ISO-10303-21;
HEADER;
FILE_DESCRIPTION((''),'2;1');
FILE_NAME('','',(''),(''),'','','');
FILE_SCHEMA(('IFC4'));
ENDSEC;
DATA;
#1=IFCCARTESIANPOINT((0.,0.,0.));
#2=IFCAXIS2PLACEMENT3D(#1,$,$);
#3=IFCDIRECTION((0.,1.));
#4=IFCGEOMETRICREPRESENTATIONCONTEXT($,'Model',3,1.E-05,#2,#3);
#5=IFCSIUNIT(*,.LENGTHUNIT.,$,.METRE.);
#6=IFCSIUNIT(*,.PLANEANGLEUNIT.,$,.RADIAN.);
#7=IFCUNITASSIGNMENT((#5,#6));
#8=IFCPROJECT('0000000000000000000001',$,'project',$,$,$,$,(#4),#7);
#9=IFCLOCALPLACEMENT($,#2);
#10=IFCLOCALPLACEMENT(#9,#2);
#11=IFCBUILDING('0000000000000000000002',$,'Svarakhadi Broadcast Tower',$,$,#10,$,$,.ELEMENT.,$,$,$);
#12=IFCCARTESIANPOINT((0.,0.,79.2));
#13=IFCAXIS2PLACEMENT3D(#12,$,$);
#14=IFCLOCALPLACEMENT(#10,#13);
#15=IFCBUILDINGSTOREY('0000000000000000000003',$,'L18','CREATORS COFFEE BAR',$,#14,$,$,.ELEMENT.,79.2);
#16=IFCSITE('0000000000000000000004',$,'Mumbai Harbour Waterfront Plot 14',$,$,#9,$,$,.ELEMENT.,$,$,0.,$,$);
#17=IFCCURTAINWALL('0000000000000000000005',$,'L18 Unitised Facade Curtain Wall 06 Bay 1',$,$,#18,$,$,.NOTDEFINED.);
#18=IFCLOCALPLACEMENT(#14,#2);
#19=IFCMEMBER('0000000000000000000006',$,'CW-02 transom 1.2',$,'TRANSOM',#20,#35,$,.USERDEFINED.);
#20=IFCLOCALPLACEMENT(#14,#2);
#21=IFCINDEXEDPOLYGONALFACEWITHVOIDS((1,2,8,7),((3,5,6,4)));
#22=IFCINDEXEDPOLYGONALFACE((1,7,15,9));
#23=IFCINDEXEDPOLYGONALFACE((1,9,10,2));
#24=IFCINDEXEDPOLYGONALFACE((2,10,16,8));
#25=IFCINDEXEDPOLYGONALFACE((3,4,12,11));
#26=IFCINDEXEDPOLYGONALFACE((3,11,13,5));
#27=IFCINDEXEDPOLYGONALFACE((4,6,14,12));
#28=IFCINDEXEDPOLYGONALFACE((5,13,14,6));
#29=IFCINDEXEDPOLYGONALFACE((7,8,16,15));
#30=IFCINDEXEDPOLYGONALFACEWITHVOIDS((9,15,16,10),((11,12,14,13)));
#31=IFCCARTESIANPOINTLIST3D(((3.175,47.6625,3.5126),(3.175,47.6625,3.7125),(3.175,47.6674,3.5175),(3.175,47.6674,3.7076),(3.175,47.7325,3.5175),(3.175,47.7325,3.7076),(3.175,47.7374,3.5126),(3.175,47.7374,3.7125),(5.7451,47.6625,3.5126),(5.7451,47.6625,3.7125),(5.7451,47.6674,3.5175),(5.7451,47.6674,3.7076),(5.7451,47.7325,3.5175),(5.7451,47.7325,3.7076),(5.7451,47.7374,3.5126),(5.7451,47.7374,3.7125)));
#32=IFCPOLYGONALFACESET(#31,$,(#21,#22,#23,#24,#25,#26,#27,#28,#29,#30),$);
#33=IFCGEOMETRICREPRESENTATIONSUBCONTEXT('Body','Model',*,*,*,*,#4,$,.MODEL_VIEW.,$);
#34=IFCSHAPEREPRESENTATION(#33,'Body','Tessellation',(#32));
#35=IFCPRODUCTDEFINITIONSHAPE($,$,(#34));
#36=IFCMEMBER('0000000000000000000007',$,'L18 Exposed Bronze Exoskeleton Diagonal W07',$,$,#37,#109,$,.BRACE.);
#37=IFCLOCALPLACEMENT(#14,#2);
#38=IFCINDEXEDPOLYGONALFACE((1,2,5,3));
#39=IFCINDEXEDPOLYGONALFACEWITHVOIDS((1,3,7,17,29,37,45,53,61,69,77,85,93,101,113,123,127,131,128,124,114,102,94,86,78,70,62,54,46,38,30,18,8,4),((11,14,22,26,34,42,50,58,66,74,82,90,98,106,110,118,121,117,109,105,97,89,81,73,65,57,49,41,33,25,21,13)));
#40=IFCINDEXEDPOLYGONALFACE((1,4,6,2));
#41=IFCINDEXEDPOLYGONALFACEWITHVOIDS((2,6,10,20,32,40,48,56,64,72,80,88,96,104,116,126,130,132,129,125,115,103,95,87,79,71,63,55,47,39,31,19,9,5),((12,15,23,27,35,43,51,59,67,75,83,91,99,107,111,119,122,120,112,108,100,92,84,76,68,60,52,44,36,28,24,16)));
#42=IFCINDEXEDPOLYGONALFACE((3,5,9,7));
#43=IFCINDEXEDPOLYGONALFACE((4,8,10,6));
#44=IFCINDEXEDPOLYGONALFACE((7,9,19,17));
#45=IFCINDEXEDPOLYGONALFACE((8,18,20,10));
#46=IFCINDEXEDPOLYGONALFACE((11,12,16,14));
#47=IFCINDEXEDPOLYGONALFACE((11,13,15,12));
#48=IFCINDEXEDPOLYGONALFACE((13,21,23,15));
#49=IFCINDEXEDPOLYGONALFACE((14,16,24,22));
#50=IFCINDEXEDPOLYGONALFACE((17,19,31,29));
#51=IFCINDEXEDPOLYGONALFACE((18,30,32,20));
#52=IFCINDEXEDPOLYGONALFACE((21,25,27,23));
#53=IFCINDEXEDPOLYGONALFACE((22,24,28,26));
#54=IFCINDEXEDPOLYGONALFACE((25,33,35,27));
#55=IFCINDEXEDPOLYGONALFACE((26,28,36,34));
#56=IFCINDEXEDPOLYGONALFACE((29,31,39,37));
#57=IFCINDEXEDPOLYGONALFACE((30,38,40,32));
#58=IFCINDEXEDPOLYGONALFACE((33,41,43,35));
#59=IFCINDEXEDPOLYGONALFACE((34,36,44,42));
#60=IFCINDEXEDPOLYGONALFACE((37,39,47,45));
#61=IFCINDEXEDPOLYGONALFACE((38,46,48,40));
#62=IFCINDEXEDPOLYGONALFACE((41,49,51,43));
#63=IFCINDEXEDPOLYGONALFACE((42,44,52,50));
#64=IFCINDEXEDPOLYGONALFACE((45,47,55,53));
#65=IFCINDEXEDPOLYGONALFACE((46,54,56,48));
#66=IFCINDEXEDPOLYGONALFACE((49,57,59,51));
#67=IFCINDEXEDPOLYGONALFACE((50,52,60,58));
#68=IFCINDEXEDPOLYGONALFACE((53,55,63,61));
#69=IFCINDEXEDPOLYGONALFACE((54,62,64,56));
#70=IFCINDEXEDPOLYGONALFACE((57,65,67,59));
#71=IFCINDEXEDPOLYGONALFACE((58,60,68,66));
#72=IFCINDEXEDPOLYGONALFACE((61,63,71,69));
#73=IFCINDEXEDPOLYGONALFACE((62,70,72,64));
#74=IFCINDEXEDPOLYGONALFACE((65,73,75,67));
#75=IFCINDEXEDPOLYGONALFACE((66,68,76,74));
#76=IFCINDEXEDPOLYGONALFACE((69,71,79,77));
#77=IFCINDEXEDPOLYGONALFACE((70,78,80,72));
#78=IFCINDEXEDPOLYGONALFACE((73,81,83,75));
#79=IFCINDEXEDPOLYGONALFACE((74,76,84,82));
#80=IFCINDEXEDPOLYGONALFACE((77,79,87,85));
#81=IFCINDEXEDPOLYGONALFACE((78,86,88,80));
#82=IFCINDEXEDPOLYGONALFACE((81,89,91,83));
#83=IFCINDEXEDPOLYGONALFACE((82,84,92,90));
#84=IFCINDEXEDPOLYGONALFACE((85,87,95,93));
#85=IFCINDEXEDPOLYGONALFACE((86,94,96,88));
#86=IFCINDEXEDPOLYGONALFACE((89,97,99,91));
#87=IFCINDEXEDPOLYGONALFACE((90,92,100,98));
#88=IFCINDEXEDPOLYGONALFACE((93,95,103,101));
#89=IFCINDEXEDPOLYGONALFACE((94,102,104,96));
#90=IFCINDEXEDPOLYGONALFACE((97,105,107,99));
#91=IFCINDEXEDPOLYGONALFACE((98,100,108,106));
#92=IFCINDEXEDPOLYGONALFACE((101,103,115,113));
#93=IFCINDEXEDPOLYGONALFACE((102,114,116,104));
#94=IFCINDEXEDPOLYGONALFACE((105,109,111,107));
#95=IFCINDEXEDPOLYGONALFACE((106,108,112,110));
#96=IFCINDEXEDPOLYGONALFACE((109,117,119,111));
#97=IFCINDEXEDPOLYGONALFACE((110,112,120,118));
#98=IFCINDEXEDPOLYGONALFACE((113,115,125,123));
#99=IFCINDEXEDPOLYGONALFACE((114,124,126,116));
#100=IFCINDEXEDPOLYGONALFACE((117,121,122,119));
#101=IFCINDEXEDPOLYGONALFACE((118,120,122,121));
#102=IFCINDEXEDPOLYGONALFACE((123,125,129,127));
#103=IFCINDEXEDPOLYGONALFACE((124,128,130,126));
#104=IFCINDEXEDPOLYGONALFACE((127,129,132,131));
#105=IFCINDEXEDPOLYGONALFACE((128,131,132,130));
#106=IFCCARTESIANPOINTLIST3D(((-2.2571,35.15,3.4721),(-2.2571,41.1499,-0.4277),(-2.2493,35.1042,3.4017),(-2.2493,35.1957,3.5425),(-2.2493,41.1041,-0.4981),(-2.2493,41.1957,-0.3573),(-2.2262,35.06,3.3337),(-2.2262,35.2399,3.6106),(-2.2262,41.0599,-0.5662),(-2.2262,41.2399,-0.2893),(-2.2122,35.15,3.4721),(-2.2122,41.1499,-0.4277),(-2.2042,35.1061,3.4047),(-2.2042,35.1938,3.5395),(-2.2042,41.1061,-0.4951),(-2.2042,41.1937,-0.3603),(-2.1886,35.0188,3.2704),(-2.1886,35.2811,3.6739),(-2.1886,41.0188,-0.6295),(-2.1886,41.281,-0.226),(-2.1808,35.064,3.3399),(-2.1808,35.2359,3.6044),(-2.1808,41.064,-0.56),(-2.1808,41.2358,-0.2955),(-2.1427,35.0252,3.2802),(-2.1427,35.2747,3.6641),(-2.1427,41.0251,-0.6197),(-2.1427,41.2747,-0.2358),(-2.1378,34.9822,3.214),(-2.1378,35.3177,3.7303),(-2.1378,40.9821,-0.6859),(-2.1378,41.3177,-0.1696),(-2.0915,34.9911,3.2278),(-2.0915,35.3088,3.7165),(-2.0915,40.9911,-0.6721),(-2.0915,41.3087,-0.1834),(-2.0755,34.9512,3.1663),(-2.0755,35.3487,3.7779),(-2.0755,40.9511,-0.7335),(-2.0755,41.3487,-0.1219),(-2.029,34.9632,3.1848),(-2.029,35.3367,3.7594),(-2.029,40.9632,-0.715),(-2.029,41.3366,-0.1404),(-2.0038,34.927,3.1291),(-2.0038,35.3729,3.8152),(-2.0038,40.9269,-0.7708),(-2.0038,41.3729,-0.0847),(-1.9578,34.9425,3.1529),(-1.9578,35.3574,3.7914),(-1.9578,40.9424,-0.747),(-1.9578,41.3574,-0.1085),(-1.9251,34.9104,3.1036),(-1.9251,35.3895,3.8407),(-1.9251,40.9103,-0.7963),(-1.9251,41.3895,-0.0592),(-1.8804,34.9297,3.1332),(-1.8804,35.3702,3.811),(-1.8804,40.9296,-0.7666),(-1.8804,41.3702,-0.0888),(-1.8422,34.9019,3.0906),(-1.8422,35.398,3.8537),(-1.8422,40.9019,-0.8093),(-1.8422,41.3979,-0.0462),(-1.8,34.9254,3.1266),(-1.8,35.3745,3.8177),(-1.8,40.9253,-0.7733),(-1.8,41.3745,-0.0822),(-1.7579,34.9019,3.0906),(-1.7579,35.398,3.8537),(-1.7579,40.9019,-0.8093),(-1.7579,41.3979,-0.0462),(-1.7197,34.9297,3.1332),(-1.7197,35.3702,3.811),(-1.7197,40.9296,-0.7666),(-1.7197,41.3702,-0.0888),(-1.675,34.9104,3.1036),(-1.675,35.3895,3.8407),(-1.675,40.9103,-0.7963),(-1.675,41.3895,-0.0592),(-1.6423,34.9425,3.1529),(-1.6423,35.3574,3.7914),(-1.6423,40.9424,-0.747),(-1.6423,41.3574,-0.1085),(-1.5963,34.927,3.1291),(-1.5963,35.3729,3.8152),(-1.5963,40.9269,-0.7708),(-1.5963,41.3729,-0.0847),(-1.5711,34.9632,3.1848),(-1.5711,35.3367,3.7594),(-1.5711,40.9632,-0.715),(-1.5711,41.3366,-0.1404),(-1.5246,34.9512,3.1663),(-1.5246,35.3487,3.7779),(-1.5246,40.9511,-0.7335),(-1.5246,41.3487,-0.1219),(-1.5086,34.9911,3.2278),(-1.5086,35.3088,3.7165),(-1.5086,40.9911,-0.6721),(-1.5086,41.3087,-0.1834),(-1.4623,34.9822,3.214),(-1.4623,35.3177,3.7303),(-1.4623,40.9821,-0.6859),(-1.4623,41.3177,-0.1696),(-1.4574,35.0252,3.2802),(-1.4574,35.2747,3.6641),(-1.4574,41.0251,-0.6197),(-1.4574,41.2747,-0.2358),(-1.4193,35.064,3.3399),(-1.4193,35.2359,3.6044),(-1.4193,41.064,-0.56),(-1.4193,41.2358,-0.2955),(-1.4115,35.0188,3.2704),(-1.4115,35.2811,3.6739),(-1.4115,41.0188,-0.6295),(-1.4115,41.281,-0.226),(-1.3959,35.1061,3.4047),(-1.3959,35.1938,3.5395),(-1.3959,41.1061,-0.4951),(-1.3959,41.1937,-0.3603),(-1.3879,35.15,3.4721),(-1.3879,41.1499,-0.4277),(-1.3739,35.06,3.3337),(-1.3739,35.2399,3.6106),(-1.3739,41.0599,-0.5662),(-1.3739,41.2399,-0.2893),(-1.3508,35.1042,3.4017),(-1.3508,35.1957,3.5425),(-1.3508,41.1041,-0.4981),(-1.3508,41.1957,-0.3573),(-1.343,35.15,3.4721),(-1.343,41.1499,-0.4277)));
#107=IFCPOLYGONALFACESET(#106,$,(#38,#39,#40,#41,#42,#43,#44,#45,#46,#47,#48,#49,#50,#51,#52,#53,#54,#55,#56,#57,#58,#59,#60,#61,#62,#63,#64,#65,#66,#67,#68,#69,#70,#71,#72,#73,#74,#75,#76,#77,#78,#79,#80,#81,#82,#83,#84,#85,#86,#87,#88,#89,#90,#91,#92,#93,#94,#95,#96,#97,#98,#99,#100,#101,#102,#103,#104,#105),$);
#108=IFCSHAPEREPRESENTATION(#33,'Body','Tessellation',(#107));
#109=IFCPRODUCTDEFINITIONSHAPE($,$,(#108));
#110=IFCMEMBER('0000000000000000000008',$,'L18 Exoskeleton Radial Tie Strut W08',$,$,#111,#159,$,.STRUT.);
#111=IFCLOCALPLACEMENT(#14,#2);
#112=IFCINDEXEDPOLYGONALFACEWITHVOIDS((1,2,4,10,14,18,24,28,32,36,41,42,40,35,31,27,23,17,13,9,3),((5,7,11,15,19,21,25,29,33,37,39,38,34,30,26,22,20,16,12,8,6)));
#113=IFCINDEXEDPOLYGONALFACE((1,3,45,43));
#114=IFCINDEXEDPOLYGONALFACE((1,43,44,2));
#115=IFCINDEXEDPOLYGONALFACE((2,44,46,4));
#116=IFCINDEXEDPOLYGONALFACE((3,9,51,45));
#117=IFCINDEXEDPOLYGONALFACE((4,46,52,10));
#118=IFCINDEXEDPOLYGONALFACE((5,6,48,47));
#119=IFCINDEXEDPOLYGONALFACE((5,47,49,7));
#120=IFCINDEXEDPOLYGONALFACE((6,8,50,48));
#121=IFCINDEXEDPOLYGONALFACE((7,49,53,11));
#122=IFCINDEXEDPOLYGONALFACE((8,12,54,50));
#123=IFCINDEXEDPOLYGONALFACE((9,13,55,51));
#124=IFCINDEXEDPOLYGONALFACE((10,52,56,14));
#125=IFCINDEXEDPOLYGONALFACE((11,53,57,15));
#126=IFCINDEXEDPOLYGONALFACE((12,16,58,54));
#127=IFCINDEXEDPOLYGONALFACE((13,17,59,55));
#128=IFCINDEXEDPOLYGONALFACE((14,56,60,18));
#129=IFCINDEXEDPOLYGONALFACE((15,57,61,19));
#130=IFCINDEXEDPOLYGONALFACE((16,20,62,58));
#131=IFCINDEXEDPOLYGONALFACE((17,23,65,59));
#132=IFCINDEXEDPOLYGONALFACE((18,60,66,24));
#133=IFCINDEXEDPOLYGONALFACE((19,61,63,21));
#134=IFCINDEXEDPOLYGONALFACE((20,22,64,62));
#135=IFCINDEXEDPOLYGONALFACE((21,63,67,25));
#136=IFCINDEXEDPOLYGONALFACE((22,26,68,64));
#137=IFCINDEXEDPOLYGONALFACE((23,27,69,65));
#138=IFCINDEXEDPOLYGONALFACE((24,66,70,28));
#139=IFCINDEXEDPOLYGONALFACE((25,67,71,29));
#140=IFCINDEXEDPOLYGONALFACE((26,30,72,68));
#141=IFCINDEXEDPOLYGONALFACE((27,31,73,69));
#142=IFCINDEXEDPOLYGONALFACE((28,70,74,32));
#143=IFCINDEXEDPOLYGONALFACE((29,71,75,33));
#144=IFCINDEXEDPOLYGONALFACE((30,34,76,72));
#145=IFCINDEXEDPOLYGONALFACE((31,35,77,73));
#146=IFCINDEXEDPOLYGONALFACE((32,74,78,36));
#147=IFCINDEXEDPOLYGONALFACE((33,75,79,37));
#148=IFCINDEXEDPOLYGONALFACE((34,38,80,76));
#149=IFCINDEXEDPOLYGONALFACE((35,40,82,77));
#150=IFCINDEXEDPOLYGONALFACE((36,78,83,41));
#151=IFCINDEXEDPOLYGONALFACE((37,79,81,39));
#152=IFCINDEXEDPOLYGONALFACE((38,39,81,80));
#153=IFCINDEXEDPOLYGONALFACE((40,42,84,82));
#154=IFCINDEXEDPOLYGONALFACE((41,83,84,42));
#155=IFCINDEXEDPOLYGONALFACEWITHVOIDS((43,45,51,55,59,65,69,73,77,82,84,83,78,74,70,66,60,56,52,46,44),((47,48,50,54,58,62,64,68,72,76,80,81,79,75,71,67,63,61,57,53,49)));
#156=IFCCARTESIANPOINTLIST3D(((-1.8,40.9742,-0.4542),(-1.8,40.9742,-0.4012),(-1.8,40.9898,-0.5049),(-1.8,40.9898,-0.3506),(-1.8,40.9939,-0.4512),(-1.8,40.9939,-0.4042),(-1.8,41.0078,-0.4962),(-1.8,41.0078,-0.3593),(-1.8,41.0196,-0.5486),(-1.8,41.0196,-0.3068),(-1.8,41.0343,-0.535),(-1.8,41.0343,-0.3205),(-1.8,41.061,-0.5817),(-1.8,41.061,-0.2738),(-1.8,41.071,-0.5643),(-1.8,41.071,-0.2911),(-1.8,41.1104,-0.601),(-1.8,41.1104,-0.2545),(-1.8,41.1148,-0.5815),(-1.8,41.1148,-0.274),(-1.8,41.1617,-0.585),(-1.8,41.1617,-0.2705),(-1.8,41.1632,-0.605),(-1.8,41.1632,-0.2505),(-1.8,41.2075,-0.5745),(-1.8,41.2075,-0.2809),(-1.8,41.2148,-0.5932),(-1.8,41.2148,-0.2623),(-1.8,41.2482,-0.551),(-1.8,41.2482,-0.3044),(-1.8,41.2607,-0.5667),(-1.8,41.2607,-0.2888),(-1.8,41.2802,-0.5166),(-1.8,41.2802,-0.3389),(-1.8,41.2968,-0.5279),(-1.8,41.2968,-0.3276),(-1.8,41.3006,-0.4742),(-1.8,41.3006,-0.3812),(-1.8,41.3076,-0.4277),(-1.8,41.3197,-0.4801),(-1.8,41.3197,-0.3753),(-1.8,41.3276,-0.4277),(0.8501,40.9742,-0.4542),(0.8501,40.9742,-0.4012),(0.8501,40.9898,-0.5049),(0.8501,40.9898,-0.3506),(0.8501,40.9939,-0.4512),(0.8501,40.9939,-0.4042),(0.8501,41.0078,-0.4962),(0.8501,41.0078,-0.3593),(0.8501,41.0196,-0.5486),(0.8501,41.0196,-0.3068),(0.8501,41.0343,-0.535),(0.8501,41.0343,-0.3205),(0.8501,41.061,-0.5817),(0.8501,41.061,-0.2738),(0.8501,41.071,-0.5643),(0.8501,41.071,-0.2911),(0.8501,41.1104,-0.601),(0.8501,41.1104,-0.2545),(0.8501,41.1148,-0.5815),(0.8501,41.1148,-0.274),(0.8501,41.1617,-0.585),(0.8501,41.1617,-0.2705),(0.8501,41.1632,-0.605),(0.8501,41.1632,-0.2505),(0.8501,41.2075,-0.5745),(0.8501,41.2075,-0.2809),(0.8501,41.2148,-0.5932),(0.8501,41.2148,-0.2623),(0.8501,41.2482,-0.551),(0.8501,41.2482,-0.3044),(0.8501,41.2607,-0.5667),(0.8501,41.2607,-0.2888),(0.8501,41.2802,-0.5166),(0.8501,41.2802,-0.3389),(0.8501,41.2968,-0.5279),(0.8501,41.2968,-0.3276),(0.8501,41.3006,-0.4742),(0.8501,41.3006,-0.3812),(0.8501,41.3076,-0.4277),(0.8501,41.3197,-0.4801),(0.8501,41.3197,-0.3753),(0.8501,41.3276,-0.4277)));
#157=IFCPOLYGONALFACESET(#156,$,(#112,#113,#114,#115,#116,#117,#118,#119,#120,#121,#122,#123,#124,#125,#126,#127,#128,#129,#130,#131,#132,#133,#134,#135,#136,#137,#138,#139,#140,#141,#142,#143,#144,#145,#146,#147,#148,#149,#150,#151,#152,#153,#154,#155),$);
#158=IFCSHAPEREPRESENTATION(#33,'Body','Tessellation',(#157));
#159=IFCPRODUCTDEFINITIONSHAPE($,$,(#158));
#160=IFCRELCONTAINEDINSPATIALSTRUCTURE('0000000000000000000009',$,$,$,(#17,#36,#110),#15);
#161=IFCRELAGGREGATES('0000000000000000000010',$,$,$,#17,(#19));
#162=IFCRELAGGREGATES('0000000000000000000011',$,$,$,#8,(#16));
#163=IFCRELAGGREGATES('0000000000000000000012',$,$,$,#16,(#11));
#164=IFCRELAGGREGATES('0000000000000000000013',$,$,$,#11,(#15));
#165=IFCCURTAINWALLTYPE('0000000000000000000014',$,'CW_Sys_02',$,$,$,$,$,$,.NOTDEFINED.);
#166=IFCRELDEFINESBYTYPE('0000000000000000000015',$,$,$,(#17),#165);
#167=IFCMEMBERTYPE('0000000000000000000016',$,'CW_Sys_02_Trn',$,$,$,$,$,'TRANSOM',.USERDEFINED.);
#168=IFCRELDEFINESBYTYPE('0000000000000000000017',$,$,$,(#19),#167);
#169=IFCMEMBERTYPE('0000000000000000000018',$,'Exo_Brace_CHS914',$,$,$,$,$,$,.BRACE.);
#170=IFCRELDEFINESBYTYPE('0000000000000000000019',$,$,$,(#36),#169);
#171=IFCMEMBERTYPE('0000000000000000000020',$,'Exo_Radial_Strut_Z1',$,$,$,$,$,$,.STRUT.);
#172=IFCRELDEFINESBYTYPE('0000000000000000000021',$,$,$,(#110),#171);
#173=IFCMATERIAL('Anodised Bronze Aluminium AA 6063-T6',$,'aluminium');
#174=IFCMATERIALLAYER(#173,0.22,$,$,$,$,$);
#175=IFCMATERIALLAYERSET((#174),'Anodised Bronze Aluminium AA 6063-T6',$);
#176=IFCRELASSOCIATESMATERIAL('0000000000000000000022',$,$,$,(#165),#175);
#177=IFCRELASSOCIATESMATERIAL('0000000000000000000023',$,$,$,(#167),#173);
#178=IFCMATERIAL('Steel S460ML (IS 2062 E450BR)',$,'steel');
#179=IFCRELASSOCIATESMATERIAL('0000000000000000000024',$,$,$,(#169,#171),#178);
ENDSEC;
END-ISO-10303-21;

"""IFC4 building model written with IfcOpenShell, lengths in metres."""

from ifc_helpers import new_model, si_unit, direction, frame, origin, origin_2d, place, context, subcontext, project, spatial, hollow_rectangle, hollow_circle, extrude, material, layer, layer_set, material_profile, profile_set, type_object, element, aggregate, save


model = new_model("IFC4")

# Units and contexts
model_context = context("Model", 3, precision=1e-05, world=origin(), true_north=direction((0.0, 1.0)))
body_context = subcontext(model_context, "Body", "Model", "MODEL_VIEW")
ifc_project = project(units=[si_unit("LENGTHUNIT", "METRE"), si_unit("PLANEANGLEUNIT", "RADIAN")], contexts=[model_context])

# Site, building, storey
site_placement = place(None, origin())
site = spatial("IfcSite", under=ifc_project, at=site_placement, Name="Mumbai Harbour Waterfront Plot 14", CompositionType="ELEMENT", RefElevation=0.0)
building_placement = place(site_placement, origin())
building = spatial("IfcBuilding", under=site, at=building_placement, Name="Svarakhadi Broadcast Tower", CompositionType="ELEMENT")
storey_placement = place(building_placement, frame((0.0, 0.0, 79.2)))
storey = spatial("IfcBuildingStorey", under=building, at=storey_placement, Name="L18", Description="CREATORS COFFEE BAR", CompositionType="ELEMENT", Elevation=79.2)

# Shared definitions
ifc_material_1 = material(Name="Steel S460ML (IS 2062 E450BR)", Category="steel")

# Curtain wall
ifc_material_2 = material(Name="Anodised Bronze Aluminium AA 6063-T6", Category="aluminium")
ifc_layer_1 = layer(ifc_material_2, 0.22)
ifc_layer_set_1 = layer_set([ifc_layer_1], Name="Anodised Bronze Aluminium AA 6063-T6")
curtain_wall_type = type_object("IfcCurtainWallType", Name="CW_Sys_02", PredefinedType="NOTDEFINED", material=ifc_layer_set_1)
curtain_wall_1_placement = place(storey_placement, origin())
curtain_wall_1 = element("IfcCurtainWall", 1, at=curtain_wall_1_placement, inside=storey, type_object=curtain_wall_type, Name="L18 Unitised Facade Curtain Wall 06 Bay 1", PredefinedType="NOTDEFINED")

# Member
ifc_material_profile_1 = material_profile(ifc_material_2, hollow_rectangle(XDim=0.075, YDim=0.2, WallThickness=0.0049, at=origin_2d()), Name="ALU TRANSOM 200x75x5")
ifc_profile_set_1 = profile_set([ifc_material_profile_1], Name="Anodised Bronze Aluminium AA 6063-T6")
member_type_1 = type_object("IfcMemberType", Name="CW_Sys_02_Trn", ElementType="TRANSOM", PredefinedType="USERDEFINED", material=ifc_profile_set_1)
member_1_placement = place(storey_placement, frame((3.175, 47.7, 3.6125), z_axis=(1.0, 0.0, 0.0), x_axis=(0.0, 1.0, 0.0)))
member_1 = element("IfcMember", 2, at=member_1_placement, type_object=member_type_1, Name="CW-02 transom 1.2", ObjectType="TRANSOM", PredefinedType="USERDEFINED", context=body_context, shape_type="SweptSolid", body=[
    extrude(hollow_rectangle(XDim=0.075, YDim=0.2, WallThickness=0.0049, at=origin_2d()), origin(), (0.0, 0.0, 1.0), 2.5701),
])

# Members
ifc_material_profile_2 = material_profile(ifc_material_1, hollow_circle(Radius=0.457, WallThickness=0.0449, at=origin_2d()), Name="CHS 914x45")
ifc_profile_set_2 = profile_set([ifc_material_profile_2], Name="Steel S460ML (IS 2062 E450BR)")
member_type_2 = type_object("IfcMemberType", Name="Exo_Brace_CHS914", PredefinedType="BRACE", material=ifc_profile_set_2)
member_2_placement = place(storey_placement, frame((-1.8, 41.1499, -0.4277), z_axis=(0.0, -0.83845, 0.544979), x_axis=(1.0, 0.0, 0.0)))
element("IfcMember", 3, at=member_2_placement, inside=storey, type_object=member_type_2, Name="L18 Exposed Bronze Exoskeleton Diagonal W07", PredefinedType="BRACE", context=body_context, shape_type="SweptSolid", body=[
    extrude(hollow_circle(Radius=0.457, WallThickness=0.0449, at=origin_2d()), origin(), (0.0, 0.0, 1.0), 7.156),
])
ifc_material_profile_3 = material_profile(ifc_material_1, hollow_circle(Radius=0.1777, WallThickness=0.02, at=origin_2d()), Name="CHS 355.6x20")
ifc_profile_set_3 = profile_set([ifc_material_profile_3], Name="Steel S460ML (IS 2062 E450BR)")
member_type_3 = type_object("IfcMemberType", Name="Exo_Radial_Strut_Z1", PredefinedType="STRUT", material=ifc_profile_set_3)
member_3_placement = place(storey_placement, frame((-1.8, 41.1499, -0.4277), z_axis=(1.0, 0.0, 0.0), x_axis=(0.0, 1.0, 0.0)))
element("IfcMember", 4, at=member_3_placement, inside=storey, type_object=member_type_3, Name="L18 Exoskeleton Radial Tie Strut W08", PredefinedType="STRUT", context=body_context, shape_type="SweptSolid", body=[
    extrude(hollow_circle(Radius=0.1777, WallThickness=0.02, at=origin_2d()), origin(), (0.0, 0.0, 1.0), 2.6501),
])

aggregate(curtain_wall_1, [member_1])

save(model, "model.ifc")
